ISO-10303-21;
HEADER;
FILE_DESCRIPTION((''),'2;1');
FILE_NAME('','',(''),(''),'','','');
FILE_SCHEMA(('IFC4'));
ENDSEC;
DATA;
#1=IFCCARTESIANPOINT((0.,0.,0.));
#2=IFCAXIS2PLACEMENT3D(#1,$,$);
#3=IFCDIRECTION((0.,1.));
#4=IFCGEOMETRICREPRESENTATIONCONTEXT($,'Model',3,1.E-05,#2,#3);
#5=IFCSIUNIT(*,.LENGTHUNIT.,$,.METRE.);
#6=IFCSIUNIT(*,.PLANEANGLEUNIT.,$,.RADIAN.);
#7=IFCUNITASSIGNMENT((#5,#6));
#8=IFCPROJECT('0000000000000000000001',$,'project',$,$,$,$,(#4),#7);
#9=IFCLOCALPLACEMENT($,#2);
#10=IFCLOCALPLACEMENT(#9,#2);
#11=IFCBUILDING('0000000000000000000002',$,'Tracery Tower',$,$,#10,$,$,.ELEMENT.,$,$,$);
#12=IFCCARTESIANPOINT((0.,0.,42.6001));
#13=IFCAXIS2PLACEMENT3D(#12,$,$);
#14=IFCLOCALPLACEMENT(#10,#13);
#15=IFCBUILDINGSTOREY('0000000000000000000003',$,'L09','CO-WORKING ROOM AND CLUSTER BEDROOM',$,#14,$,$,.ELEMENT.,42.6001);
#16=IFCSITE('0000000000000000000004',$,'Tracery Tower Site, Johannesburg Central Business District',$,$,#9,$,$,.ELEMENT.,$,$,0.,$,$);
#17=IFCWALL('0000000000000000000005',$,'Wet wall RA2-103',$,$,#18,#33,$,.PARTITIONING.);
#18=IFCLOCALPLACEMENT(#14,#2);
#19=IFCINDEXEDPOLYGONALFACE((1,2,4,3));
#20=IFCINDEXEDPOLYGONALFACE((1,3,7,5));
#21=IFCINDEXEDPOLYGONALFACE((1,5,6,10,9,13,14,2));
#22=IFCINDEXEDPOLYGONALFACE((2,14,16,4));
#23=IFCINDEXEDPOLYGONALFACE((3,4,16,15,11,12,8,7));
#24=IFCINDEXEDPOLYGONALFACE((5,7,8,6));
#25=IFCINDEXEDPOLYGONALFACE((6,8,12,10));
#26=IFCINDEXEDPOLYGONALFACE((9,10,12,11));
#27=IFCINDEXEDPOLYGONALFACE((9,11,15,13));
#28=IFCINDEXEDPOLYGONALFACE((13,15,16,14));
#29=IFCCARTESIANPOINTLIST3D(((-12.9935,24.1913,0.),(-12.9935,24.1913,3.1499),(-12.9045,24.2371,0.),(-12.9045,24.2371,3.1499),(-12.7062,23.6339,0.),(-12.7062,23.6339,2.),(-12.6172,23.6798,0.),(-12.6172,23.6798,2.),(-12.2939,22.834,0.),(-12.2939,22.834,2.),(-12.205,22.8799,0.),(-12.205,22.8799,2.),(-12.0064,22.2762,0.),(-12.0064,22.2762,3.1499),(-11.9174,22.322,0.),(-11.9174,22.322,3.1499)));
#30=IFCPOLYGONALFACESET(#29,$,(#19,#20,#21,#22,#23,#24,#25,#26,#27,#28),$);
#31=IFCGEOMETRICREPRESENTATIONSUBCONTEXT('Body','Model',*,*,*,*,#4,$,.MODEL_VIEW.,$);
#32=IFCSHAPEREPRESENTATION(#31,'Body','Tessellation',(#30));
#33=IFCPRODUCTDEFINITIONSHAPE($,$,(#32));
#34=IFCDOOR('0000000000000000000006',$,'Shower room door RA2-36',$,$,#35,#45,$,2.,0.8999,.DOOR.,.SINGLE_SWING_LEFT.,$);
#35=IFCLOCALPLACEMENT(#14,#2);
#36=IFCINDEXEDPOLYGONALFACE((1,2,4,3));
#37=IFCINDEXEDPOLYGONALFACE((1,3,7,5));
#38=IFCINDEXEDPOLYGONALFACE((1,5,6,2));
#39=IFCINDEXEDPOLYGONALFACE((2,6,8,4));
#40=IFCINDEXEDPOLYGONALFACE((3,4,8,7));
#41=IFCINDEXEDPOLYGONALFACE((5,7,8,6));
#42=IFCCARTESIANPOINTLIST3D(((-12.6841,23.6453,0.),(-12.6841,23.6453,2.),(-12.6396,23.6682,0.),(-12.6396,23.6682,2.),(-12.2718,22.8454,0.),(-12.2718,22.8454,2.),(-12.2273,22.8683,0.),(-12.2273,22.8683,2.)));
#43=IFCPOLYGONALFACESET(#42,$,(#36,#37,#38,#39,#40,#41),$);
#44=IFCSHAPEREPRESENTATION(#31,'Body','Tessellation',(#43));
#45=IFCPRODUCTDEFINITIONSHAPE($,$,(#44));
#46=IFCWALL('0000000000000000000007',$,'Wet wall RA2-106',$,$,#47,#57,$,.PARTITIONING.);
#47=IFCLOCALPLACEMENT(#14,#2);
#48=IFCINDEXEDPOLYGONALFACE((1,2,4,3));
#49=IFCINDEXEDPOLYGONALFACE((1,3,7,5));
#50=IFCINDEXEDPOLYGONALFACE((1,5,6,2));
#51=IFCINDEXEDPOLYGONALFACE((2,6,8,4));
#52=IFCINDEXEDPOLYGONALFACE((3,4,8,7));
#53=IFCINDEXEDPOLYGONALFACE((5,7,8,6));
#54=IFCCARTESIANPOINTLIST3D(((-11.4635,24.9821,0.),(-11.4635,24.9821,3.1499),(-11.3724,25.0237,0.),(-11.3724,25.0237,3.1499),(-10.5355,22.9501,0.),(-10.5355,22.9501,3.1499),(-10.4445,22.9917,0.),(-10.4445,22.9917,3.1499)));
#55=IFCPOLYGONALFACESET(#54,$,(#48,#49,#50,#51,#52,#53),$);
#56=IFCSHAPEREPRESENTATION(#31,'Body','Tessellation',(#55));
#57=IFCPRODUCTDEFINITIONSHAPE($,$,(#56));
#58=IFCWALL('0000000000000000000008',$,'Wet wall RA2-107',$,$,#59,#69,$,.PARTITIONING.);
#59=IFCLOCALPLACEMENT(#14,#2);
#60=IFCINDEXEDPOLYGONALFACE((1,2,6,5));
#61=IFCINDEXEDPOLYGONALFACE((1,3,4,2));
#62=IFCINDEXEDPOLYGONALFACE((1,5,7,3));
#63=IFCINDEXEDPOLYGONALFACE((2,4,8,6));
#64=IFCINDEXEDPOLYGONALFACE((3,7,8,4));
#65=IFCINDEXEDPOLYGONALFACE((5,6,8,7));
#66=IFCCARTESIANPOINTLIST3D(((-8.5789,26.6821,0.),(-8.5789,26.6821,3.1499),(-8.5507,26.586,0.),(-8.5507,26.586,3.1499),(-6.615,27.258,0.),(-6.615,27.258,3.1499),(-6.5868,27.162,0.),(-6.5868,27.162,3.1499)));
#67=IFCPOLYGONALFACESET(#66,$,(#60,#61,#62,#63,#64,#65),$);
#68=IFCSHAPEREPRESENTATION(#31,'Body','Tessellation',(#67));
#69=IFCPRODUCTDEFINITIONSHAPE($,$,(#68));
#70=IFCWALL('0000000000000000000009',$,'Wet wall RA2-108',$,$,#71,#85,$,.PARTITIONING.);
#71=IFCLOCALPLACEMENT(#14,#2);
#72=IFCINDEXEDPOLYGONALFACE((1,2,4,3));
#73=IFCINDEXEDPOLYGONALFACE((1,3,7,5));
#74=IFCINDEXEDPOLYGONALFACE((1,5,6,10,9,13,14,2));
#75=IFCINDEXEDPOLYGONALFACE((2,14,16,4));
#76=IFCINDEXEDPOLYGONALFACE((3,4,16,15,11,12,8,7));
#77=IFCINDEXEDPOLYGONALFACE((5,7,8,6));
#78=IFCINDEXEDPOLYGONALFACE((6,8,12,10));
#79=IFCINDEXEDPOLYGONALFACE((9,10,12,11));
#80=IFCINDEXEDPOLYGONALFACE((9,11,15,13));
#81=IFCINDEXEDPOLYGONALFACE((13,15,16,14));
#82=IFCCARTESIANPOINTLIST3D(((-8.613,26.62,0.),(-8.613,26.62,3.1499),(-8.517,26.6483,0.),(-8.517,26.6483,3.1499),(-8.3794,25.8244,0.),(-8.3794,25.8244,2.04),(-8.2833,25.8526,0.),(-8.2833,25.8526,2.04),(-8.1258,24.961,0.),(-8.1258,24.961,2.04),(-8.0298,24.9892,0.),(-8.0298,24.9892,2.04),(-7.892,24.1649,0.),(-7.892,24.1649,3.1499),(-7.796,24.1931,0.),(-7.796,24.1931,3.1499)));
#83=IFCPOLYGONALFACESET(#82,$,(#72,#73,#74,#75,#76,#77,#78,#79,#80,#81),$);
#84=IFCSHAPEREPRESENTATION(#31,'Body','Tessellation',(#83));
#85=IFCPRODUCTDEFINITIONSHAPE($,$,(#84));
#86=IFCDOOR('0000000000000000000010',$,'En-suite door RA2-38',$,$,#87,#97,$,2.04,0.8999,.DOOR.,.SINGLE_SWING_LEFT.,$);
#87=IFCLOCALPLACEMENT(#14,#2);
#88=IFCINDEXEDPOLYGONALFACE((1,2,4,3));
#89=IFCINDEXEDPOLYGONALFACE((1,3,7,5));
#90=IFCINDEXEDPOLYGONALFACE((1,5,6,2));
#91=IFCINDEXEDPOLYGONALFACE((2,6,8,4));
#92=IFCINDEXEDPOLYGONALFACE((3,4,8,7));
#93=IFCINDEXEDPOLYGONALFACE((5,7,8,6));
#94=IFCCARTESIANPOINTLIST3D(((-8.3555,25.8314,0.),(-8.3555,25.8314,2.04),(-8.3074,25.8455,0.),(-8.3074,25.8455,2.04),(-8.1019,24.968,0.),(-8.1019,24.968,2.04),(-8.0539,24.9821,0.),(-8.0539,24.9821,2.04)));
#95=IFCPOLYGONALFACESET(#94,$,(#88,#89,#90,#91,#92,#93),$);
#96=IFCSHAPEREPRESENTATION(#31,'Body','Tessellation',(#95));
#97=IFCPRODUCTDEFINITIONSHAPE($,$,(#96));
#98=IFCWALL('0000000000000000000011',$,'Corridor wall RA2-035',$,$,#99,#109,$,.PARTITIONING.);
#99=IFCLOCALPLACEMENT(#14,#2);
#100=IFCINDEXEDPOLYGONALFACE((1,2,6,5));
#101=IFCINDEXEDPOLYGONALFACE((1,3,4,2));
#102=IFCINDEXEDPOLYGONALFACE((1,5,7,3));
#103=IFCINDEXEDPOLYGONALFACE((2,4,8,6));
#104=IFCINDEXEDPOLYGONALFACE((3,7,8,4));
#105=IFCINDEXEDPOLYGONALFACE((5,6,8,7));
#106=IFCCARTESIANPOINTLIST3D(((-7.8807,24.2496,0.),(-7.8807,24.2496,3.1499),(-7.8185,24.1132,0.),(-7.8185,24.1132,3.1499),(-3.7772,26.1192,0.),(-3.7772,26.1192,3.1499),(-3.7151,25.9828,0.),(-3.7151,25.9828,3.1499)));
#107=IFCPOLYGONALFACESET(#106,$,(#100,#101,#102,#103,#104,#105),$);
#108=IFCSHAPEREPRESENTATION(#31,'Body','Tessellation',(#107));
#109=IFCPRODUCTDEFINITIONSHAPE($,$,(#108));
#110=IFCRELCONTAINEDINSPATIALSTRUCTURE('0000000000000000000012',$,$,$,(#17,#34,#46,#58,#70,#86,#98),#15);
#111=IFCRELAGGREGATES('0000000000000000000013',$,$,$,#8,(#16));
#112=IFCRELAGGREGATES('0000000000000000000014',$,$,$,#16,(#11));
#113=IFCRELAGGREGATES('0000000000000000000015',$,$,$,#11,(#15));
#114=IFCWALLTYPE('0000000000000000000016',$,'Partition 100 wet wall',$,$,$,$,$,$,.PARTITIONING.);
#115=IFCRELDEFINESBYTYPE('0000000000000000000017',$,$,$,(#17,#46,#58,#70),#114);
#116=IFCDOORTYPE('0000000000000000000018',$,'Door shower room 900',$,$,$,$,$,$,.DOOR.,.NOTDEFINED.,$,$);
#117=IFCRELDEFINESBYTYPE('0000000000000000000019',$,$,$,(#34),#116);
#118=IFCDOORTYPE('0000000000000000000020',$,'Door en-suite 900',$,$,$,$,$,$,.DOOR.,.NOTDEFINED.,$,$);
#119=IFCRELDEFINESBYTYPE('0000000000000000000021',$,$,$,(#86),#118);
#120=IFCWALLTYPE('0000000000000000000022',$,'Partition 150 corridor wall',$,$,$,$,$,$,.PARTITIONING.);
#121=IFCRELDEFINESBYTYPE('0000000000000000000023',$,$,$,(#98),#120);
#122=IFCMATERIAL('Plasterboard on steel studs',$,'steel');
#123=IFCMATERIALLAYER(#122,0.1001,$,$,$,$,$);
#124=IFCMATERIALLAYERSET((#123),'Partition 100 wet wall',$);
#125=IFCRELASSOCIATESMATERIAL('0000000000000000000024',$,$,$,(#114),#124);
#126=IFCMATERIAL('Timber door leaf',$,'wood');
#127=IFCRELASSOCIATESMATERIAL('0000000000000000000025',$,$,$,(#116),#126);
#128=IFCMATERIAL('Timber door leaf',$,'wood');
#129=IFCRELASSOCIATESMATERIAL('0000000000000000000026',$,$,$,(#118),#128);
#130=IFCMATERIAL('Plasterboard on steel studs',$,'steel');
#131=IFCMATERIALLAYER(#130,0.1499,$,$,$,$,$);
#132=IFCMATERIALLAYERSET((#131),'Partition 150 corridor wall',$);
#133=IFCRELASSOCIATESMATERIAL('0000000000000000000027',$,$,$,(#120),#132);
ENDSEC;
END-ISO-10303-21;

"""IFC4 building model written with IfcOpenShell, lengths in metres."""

from ifc_helpers import new_model, si_unit, direction, frame, frame_2d, origin, place, context, subcontext, project, spatial, rectangle, extrude, material, layer, layer_set, type_object, element, fill, save


model = new_model("IFC4")

# Units and contexts
model_context = context("Model", 3, precision=1e-05, world=origin(), true_north=direction((0.0, 1.0)))
body_context = subcontext(model_context, "Body", "Model", "MODEL_VIEW")
ifc_project = project(units=[si_unit("LENGTHUNIT", "METRE"), si_unit("PLANEANGLEUNIT", "RADIAN")], contexts=[model_context])

# Site, building, storey
site_placement = place(None, origin())
site = spatial("IfcSite", under=ifc_project, at=site_placement, Name="Tracery Tower Site, Johannesburg Central Business District", CompositionType="ELEMENT", RefElevation=0.0)
building_placement = place(site_placement, origin())
building = spatial("IfcBuilding", under=site, at=building_placement, Name="Tracery Tower", CompositionType="ELEMENT")
storey_placement = place(building_placement, frame((0.0, 0.0, 42.6001)))
storey = spatial("IfcBuildingStorey", under=building, at=storey_placement, Name="L09", Description="CO-WORKING ROOM AND CLUSTER BEDROOM", CompositionType="ELEMENT", Elevation=42.6001)

# Shared definitions
ifc_material_1 = material(Name="Plasterboard on steel studs", Category="steel")
ifc_layer_1 = layer(ifc_material_1, 0.1001)
ifc_layer_set_1 = layer_set([ifc_layer_1], Name="Partition 100 wet wall")
wall_type_1 = type_object("IfcWallType", Name="Partition 100 wet wall", PredefinedType="PARTITIONING", material=ifc_layer_set_1)

# Wall, opening, door
wall_1_placement = place(storey_placement, frame((-12.949, 24.2141, 0.0), z_axis=(0.0, 0.0, 1.0), x_axis=(0.458149, -0.888875, 0.0)))
wall_1 = element("IfcWall", 1, at=wall_1_placement, inside=storey, type_object=wall_type_1, Name="Wet wall RA2-103", PredefinedType="PARTITIONING", context=body_context, shape_type="SweptSolid", body=[
    extrude(rectangle(XDim=2.1545, YDim=0.1001, at=frame_2d((1.0771, 0.0))), origin(), (0.0, 0.0, 1.0), 3.1499),
])
opening_1_placement = place(wall_1_placement, frame((0.627, 0.0, 0.0)))
opening_1 = element("IfcOpeningElement", 2, at=opening_1_placement, cuts=wall_1, PredefinedType="OPENING", context=body_context, shape_type="SweptSolid", body=[
    extrude(rectangle(XDim=0.8999, YDim=2.0, at=frame_2d((0.45, 1.0))), frame((0.0, 0.05, 0.0), z_axis=(0.0, -1.0, 0.0), x_axis=(1.0, 0.0, 0.0)), (0.0, 0.0, 1.0), 0.1001),
])
ifc_material_2 = material(Name="Timber door leaf", Category="wood")
door_type_1 = type_object("IfcDoorType", Name="Door shower room 900", OperationType="NOTDEFINED", PredefinedType="DOOR", material=ifc_material_2)
door_1_placement = place(opening_1_placement, origin())
door_1 = element("IfcDoor", 3, at=door_1_placement, inside=storey, type_object=door_type_1, Name="Shower room door RA2-36", OperationType="SINGLE_SWING_LEFT", OverallHeight=2.0, OverallWidth=0.8999, PredefinedType="DOOR", context=body_context, shape_type="SweptSolid", body=[
    extrude(rectangle(XDim=0.8999, YDim=2.0, at=frame_2d((0.45, 1.0))), frame((0.0, 0.0249, 0.0), z_axis=(0.0, -1.0, 0.0), x_axis=(1.0, 0.0, 0.0)), (0.0, 0.0, 1.0), 0.05),
])
fill(opening_1, door_1)

# Walls
wall_2_placement = place(storey_placement, frame((-11.418, 25.0029, 0.0), z_axis=(0.0, 0.0, 1.0), x_axis=(0.415416, -0.909631, 0.0)))
element("IfcWall", 4, at=wall_2_placement, inside=storey, type_object=wall_type_1, Name="Wet wall RA2-106", PredefinedType="PARTITIONING", context=body_context, shape_type="SweptSolid", body=[
    extrude(rectangle(XDim=2.2339, YDim=0.1001, at=frame_2d((1.1169, 0.0))), origin(), (0.0, 0.0, 1.0), 3.1499),
])
wall_3_placement = place(storey_placement, frame((-8.5649, 26.634, 0.0), z_axis=(0.0, 0.0, 1.0), x_axis=(0.959587, 0.281411, 0.0)))
element("IfcWall", 5, at=wall_3_placement, inside=storey, type_object=wall_type_1, Name="Wet wall RA2-107", PredefinedType="PARTITIONING", context=body_context, shape_type="SweptSolid", body=[
    extrude(rectangle(XDim=2.0466, YDim=0.1001, at=frame_2d((1.0234, 0.0))), origin(), (0.0, 0.0, 1.0), 3.1499),
])

# Wall, opening, door
wall_4_placement = place(storey_placement, frame((-8.5649, 26.634, 0.0), z_axis=(0.0, 0.0, 1.0), x_axis=(0.281758, -0.959485, 0.0)))
wall_4 = element("IfcWall", 6, at=wall_4_placement, inside=storey, type_object=wall_type_1, Name="Wet wall RA2-108", PredefinedType="PARTITIONING", context=body_context, shape_type="SweptSolid", body=[
    extrude(rectangle(XDim=2.5588, YDim=0.1001, at=frame_2d((1.2793, 0.0))), origin(), (0.0, 0.0, 1.0), 3.1499),
])
opening_2_placement = place(wall_4_placement, frame((0.8291, 0.0, 0.0)))
opening_2 = element("IfcOpeningElement", 7, at=opening_2_placement, cuts=wall_4, PredefinedType="OPENING", context=body_context, shape_type="SweptSolid", body=[
    extrude(rectangle(XDim=0.8999, YDim=2.04, at=frame_2d((0.45, 1.02))), frame((0.0, 0.05, 0.0), z_axis=(0.0, -1.0, 0.0), x_axis=(1.0, 0.0, 0.0)), (0.0, 0.0, 1.0), 0.1001),
])
ifc_material_3 = material(Name="Timber door leaf", Category="wood")
door_type_2 = type_object("IfcDoorType", Name="Door en-suite 900", OperationType="NOTDEFINED", PredefinedType="DOOR", material=ifc_material_3)
door_2_placement = place(opening_2_placement, origin())
door_2 = element("IfcDoor", 8, at=door_2_placement, inside=storey, type_object=door_type_2, Name="En-suite door RA2-38", OperationType="SINGLE_SWING_LEFT", OverallHeight=2.04, OverallWidth=0.8999, PredefinedType="DOOR", context=body_context, shape_type="SweptSolid", body=[
    extrude(rectangle(XDim=0.8999, YDim=2.04, at=frame_2d((0.45, 1.02))), frame((0.0, 0.0249, 0.0), z_axis=(0.0, -1.0, 0.0), x_axis=(1.0, 0.0, 0.0)), (0.0, 0.0, 1.0), 0.05),
])
fill(opening_2, door_2)

# Wall
ifc_material_4 = material(Name="Plasterboard on steel studs", Category="steel")
ifc_layer_2 = layer(ifc_material_4, 0.1499)
ifc_layer_set_2 = layer_set([ifc_layer_2], Name="Partition 150 corridor wall")
wall_type_2 = type_object("IfcWallType", Name="Partition 150 corridor wall", PredefinedType="PARTITIONING", material=ifc_layer_set_2)
wall_5_placement = place(storey_placement, frame((-7.8496, 24.1814, 0.0), z_axis=(0.0, 0.0, 1.0), x_axis=(0.909999, 0.41461, 0.0)))
element("IfcWall", 9, at=wall_5_placement, inside=storey, type_object=wall_type_2, Name="Corridor wall RA2-035", PredefinedType="PARTITIONING", context=body_context, shape_type="SweptSolid", body=[
    extrude(rectangle(XDim=4.5093, YDim=0.1499, at=frame_2d((2.2546, 0.0))), origin(), (0.0, 0.0, 1.0), 3.1499),
])

save(model, "model.ifc")
